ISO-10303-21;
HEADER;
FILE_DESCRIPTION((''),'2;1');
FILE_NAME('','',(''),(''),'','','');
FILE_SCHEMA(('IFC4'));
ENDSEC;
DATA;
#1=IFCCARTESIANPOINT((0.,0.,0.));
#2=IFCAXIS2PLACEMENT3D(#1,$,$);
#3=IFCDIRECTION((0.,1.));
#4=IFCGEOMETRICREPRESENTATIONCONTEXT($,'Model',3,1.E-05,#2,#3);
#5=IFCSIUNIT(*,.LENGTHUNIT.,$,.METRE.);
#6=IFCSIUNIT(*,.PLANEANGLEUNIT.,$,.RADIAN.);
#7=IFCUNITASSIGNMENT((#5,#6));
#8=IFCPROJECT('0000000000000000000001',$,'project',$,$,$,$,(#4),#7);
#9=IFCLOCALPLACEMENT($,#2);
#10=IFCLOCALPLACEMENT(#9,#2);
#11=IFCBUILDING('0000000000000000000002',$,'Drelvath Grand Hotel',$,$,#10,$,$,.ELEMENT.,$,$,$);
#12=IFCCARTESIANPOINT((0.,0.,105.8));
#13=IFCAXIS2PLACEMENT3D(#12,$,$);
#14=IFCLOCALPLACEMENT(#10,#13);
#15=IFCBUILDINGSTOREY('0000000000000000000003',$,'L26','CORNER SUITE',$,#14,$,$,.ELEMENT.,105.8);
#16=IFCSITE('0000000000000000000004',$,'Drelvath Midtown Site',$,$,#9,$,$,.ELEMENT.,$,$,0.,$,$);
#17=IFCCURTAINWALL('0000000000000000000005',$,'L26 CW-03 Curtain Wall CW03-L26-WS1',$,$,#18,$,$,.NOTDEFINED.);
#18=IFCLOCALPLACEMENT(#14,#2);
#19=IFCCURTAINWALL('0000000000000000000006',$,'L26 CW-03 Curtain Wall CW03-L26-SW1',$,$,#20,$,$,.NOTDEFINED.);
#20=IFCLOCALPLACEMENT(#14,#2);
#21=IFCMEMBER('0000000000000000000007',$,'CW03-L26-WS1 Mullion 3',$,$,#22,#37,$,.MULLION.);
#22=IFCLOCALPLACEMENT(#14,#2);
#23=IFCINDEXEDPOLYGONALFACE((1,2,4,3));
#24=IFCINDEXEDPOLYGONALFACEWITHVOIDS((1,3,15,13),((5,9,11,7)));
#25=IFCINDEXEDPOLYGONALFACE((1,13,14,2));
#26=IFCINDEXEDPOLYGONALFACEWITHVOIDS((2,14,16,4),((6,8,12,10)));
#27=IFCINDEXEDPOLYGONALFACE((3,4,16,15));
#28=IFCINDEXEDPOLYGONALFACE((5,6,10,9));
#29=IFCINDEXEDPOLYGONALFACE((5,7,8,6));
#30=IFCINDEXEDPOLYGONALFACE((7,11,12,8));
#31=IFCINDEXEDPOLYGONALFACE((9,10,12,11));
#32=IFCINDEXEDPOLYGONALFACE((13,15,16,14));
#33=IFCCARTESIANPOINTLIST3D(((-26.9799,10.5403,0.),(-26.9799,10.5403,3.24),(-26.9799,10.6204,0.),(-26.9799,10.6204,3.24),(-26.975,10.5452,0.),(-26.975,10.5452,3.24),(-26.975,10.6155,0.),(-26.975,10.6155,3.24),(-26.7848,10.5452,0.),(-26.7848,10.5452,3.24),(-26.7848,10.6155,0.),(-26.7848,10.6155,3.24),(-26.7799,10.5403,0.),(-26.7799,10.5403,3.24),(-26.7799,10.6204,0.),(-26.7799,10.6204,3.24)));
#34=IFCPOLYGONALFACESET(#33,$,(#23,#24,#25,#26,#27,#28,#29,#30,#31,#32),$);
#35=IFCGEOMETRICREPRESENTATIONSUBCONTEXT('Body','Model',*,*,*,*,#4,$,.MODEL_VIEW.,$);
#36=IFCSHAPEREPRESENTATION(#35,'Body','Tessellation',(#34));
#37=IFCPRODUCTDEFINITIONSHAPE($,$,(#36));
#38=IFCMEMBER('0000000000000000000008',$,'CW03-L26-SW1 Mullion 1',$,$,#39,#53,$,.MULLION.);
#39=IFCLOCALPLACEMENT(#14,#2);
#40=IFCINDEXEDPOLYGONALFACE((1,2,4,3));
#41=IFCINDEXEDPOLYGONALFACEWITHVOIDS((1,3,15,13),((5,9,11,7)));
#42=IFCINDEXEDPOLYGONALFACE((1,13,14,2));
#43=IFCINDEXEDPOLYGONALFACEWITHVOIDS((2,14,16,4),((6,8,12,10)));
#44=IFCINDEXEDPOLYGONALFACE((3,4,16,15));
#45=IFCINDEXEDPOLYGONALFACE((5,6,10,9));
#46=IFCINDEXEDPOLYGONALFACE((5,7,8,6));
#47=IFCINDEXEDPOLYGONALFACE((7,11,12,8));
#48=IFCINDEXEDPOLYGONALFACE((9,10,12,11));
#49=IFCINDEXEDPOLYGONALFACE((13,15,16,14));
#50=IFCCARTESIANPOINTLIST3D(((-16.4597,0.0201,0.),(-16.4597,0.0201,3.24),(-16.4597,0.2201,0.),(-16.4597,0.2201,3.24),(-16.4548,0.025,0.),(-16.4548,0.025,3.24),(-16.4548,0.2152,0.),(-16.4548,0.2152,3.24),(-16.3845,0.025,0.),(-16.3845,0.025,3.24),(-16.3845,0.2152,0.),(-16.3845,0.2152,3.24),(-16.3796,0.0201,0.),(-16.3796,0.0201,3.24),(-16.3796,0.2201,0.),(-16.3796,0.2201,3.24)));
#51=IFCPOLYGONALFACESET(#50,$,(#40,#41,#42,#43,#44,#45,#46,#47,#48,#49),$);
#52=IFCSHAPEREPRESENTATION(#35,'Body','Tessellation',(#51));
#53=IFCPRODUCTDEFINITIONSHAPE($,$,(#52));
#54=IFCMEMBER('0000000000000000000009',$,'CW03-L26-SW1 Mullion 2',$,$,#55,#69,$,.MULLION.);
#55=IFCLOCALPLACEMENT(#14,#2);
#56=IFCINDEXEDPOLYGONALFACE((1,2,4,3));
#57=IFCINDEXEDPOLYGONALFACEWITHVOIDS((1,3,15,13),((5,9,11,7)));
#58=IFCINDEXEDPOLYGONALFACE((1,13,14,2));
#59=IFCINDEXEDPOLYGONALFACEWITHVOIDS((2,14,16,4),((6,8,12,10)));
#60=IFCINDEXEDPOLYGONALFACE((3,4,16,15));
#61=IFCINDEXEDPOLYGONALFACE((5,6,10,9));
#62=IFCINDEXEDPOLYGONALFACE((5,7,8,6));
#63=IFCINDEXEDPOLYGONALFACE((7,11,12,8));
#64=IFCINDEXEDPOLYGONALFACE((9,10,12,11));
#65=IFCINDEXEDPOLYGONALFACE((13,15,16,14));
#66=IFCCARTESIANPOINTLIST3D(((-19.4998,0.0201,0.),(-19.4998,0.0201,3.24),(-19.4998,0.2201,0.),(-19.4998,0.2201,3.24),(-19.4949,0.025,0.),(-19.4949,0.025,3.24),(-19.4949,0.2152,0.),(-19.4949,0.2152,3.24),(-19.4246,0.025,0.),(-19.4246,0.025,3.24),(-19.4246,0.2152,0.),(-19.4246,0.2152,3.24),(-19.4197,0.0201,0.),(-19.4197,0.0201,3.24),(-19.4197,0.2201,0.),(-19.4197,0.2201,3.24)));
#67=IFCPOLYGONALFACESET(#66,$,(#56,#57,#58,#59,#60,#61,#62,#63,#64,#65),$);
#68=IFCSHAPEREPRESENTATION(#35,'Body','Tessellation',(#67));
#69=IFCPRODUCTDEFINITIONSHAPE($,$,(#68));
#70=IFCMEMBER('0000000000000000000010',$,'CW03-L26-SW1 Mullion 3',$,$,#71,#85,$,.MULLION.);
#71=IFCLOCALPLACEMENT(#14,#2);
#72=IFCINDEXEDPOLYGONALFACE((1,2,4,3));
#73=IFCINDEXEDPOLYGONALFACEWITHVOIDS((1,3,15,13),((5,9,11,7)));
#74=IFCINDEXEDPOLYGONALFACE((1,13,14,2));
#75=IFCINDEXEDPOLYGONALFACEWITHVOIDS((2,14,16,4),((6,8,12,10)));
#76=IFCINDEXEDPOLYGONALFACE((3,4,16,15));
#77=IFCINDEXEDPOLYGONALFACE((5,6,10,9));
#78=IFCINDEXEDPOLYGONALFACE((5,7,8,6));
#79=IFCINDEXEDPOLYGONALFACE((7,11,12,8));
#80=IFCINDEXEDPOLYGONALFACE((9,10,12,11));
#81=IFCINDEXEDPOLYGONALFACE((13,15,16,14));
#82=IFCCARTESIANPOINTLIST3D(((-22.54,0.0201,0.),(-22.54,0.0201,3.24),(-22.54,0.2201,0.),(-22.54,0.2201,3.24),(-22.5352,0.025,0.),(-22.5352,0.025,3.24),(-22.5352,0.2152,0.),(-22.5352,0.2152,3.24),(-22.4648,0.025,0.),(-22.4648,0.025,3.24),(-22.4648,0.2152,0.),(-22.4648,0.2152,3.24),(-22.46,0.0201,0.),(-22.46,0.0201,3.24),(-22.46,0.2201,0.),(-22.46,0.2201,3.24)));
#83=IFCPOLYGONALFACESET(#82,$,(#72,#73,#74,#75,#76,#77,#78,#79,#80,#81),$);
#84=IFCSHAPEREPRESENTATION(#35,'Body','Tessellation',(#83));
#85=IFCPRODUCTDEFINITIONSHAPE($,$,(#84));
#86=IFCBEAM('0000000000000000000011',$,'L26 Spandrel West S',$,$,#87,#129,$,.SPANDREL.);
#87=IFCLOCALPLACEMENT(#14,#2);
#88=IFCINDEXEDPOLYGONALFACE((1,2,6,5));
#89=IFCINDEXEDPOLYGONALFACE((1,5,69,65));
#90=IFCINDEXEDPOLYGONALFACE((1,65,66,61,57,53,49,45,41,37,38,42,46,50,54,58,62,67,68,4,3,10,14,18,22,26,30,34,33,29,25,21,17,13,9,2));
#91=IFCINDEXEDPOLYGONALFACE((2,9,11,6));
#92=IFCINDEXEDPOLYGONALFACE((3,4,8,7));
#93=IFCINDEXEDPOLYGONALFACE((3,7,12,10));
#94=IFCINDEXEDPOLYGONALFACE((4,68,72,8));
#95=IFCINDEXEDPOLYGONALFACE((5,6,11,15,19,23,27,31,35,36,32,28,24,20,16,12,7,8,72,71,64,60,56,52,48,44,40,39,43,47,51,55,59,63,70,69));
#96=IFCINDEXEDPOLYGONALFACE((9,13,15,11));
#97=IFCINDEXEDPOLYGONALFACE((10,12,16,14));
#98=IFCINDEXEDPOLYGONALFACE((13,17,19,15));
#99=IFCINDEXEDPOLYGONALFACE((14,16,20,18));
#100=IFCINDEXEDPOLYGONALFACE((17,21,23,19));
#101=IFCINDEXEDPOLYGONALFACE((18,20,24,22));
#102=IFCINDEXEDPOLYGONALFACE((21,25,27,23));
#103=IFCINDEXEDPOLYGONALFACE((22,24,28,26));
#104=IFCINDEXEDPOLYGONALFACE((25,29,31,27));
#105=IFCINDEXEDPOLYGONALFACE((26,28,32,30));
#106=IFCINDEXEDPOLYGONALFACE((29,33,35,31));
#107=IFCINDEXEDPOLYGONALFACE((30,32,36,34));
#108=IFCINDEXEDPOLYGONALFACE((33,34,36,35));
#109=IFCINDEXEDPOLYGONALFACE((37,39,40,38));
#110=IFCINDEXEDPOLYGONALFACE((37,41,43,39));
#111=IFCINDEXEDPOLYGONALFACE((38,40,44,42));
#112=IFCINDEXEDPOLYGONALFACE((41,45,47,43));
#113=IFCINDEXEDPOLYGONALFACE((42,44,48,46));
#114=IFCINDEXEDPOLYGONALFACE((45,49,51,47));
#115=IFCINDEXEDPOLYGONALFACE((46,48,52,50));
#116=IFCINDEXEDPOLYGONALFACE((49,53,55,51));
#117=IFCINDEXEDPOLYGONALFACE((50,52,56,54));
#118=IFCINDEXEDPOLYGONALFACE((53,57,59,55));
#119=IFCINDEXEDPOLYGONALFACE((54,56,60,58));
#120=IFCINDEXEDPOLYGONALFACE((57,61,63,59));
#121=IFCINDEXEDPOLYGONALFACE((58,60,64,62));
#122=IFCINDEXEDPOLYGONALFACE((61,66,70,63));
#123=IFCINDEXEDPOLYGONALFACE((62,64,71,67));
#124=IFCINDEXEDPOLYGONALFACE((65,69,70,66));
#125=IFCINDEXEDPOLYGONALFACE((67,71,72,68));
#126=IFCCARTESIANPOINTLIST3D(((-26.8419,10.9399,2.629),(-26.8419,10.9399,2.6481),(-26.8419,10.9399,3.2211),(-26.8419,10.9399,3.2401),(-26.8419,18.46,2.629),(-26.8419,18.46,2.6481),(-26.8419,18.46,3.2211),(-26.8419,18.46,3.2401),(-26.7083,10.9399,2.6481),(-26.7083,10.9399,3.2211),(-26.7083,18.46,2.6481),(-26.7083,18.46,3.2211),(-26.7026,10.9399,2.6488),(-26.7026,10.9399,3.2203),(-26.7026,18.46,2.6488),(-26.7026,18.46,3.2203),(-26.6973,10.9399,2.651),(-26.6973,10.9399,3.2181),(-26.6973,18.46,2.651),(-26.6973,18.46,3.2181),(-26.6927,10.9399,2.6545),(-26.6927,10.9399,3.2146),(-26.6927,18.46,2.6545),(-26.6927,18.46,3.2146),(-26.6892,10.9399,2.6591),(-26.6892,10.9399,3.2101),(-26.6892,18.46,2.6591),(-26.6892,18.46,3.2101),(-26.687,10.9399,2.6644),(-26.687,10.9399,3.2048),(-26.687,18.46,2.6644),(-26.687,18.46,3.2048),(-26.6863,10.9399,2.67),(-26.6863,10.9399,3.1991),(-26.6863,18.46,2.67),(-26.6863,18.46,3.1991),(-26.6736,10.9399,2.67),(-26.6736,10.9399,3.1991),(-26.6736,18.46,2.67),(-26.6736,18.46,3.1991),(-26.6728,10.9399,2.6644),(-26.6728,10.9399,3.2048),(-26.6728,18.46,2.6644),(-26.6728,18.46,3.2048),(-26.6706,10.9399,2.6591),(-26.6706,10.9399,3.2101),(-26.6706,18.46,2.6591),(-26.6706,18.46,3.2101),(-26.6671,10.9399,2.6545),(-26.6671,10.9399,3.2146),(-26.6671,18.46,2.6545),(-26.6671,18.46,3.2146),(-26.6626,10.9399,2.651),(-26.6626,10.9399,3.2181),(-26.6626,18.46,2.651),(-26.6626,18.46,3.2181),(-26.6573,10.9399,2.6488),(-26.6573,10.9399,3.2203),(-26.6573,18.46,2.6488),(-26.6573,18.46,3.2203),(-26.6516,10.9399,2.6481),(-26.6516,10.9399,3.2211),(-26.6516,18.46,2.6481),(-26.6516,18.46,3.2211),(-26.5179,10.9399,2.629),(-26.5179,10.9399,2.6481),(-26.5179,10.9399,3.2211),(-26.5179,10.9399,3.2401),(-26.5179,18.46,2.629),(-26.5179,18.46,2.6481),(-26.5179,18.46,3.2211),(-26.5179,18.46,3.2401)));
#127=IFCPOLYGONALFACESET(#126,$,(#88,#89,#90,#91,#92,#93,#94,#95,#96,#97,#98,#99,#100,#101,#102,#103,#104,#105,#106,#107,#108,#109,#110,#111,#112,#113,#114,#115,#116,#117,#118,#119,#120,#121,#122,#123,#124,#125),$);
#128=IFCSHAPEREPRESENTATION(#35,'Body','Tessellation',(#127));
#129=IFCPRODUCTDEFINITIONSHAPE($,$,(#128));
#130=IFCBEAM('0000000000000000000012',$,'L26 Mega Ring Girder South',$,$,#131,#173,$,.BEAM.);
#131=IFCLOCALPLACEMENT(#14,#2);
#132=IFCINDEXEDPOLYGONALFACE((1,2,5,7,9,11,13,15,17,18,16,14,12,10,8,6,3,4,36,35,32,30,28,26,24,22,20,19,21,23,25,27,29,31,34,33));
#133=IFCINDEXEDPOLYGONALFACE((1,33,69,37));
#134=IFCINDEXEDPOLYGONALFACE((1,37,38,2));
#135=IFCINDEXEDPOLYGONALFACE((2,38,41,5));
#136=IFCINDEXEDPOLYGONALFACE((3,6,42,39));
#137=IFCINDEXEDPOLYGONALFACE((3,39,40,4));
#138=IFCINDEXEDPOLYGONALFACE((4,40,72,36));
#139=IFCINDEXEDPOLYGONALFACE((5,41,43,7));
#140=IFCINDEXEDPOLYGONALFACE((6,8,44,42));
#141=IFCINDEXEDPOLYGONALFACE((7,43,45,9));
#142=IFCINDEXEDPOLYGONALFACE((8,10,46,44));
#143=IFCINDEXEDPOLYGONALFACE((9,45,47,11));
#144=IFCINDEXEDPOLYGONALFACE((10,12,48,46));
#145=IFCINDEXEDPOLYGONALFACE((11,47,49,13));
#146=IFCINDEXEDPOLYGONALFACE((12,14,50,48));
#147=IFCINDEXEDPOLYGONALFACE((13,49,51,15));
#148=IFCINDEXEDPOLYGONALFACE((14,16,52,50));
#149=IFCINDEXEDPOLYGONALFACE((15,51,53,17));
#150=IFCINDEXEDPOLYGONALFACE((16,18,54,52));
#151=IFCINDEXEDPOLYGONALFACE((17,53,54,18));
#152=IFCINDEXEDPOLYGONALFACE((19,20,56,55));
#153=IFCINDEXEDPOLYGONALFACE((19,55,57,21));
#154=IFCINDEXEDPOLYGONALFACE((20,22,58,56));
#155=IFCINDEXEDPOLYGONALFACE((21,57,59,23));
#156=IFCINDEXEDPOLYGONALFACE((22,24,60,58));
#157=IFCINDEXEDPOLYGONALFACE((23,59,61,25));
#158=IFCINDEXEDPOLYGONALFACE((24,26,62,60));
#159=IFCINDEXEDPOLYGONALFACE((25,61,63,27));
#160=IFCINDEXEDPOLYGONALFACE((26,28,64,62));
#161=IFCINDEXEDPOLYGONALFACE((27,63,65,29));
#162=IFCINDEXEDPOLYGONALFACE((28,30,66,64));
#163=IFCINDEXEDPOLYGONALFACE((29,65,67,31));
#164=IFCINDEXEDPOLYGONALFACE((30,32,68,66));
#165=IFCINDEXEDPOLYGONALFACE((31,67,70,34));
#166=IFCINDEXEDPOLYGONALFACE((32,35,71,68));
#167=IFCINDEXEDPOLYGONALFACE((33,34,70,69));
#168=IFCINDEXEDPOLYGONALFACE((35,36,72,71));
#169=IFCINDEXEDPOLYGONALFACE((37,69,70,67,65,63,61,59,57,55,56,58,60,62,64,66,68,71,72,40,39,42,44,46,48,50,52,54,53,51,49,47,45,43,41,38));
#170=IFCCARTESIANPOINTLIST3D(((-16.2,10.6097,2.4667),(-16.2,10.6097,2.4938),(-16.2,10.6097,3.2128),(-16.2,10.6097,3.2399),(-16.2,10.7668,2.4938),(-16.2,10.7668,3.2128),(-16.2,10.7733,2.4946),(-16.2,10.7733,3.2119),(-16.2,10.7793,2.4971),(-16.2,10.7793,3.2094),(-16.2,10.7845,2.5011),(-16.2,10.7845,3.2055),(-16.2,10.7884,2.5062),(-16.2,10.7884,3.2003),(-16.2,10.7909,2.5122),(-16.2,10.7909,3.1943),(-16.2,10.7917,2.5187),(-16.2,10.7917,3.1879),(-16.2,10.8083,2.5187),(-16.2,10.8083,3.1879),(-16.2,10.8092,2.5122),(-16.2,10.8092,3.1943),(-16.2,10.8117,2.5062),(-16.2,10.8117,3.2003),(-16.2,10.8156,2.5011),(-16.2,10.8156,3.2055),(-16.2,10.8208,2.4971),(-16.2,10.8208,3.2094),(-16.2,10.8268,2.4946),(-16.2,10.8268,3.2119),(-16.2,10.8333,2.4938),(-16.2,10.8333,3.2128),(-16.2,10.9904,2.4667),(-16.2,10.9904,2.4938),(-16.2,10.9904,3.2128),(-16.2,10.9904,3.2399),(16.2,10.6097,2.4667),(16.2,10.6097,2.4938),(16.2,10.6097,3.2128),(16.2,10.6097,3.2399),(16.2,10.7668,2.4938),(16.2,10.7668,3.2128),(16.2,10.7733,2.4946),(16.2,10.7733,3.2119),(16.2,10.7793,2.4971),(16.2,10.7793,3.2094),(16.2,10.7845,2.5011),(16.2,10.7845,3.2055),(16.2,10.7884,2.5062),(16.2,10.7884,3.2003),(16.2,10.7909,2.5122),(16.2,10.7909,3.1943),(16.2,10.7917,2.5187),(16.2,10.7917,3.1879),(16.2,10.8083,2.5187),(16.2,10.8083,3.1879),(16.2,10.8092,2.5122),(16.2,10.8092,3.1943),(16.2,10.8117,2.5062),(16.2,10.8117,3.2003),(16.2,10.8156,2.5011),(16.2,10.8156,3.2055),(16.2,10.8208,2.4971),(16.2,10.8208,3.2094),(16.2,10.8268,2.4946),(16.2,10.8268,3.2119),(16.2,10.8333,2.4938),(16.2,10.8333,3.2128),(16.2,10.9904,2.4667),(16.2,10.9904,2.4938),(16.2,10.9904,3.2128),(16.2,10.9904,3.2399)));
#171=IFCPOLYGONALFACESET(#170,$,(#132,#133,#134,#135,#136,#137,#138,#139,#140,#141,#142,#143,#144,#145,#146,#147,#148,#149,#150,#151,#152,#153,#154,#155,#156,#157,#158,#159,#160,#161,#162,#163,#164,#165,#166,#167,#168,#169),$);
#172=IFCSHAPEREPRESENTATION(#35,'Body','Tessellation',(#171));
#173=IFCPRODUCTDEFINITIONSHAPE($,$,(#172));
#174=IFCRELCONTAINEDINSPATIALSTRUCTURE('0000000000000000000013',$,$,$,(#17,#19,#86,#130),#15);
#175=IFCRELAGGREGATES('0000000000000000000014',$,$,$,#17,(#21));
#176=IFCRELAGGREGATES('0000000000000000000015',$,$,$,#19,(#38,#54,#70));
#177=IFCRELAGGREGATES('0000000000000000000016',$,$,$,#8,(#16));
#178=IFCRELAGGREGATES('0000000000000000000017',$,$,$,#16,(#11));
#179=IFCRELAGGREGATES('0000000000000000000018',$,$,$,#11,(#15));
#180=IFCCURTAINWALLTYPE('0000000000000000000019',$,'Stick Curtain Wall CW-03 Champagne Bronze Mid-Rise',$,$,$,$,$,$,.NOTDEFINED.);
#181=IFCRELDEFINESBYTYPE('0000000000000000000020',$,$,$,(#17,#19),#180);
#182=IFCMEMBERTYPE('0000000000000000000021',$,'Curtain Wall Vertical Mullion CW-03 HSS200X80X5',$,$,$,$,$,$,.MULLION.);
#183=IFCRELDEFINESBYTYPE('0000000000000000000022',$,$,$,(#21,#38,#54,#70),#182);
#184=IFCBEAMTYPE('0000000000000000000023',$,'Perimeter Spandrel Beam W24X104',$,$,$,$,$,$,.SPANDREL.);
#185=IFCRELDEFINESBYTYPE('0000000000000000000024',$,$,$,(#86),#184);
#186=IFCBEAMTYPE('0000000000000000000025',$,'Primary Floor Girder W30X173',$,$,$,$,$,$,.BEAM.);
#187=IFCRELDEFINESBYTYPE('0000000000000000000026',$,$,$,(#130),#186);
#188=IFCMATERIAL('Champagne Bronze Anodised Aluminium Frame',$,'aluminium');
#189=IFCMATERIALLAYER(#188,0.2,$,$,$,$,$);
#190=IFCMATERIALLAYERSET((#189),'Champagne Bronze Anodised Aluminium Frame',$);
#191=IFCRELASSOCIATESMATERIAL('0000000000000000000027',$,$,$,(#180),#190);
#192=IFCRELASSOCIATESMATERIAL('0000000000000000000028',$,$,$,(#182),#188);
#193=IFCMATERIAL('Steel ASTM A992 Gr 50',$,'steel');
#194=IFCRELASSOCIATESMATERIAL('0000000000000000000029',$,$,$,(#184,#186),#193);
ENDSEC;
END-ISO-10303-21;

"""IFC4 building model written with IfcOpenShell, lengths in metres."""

from ifc_helpers import new_model, si_unit, direction, frame, origin, origin_2d, place, context, subcontext, project, spatial, hollow_rectangle, i_section, extrude, material, layer, layer_set, material_profile, profile_set, type_object, element, aggregate, save


model = new_model("IFC4")

# Units and contexts
model_context = context("Model", 3, precision=1e-05, world=origin(), true_north=direction((0.0, 1.0)))
body_context = subcontext(model_context, "Body", "Model", "MODEL_VIEW")
ifc_project = project(units=[si_unit("LENGTHUNIT", "METRE"), si_unit("PLANEANGLEUNIT", "RADIAN")], contexts=[model_context])

# Site, building, storey
site_placement = place(None, origin())
site = spatial("IfcSite", under=ifc_project, at=site_placement, Name="Drelvath Midtown Site", CompositionType="ELEMENT", RefElevation=0.0)
building_placement = place(site_placement, origin())
building = spatial("IfcBuilding", under=site, at=building_placement, Name="Drelvath Grand Hotel", CompositionType="ELEMENT")
storey_placement = place(building_placement, frame((0.0, 0.0, 105.8)))
storey = spatial("IfcBuildingStorey", under=building, at=storey_placement, Name="L26", Description="CORNER SUITE", CompositionType="ELEMENT", Elevation=105.8)

# Curtain walls
ifc_material_1 = material(Name="Champagne Bronze Anodised Aluminium Frame", Category="aluminium")
ifc_layer_1 = layer(ifc_material_1, 0.2)
ifc_layer_set_1 = layer_set([ifc_layer_1], Name="Champagne Bronze Anodised Aluminium Frame")
curtain_wall_type = type_object("IfcCurtainWallType", Name="Stick Curtain Wall CW-03 Champagne Bronze Mid-Rise", PredefinedType="NOTDEFINED", material=ifc_layer_set_1)
curtain_wall_1_placement = place(storey_placement, origin())
curtain_wall_1 = element("IfcCurtainWall", 1, at=curtain_wall_1_placement, inside=storey, type_object=curtain_wall_type, Name="L26 CW-03 Curtain Wall CW03-L26-WS1", PredefinedType="NOTDEFINED")
curtain_wall_2_placement = place(storey_placement, origin())
curtain_wall_2 = element("IfcCurtainWall", 2, at=curtain_wall_2_placement, inside=storey, type_object=curtain_wall_type, Name="L26 CW-03 Curtain Wall CW03-L26-SW1", PredefinedType="NOTDEFINED")

# Members
ifc_material_profile_1 = material_profile(ifc_material_1, hollow_rectangle(XDim=0.0801, YDim=0.2, WallThickness=0.0049, at=origin_2d()), Name="HSS200X80X5")
ifc_profile_set_1 = profile_set([ifc_material_profile_1], Name="Champagne Bronze Anodised Aluminium Frame")
member_type_1 = type_object("IfcMemberType", Name="Curtain Wall Vertical Mullion CW-03 HSS200X80X5", PredefinedType="MULLION", material=ifc_profile_set_1)
member_1_placement = place(storey_placement, frame((-26.8799, 10.5803, 0.0), z_axis=(0.0, 0.0, 1.0), x_axis=(0.0, 1.0, 0.0)))
member_1 = element("IfcMember", 3, at=member_1_placement, type_object=member_type_1, Name="CW03-L26-WS1 Mullion 3", PredefinedType="MULLION", context=body_context, shape_type="SweptSolid", body=[
    extrude(hollow_rectangle(XDim=0.0801, YDim=0.2, WallThickness=0.0049, at=origin_2d()), origin(), (0.0, 0.0, 1.0), 3.24),
])
member_2_placement = place(storey_placement, frame((-16.4197, 0.1201, 0.0), z_axis=(0.0, 0.0, 1.0), x_axis=(1.0, 0.0, 0.0)))
member_2 = element("IfcMember", 4, at=member_2_placement, type_object=member_type_1, Name="CW03-L26-SW1 Mullion 1", PredefinedType="MULLION", context=body_context, shape_type="SweptSolid", body=[
    extrude(hollow_rectangle(XDim=0.0801, YDim=0.2, WallThickness=0.0049, at=origin_2d()), origin(), (0.0, 0.0, 1.0), 3.24),
])
member_3_placement = place(storey_placement, frame((-19.4597, 0.1201, 0.0), z_axis=(0.0, 0.0, 1.0), x_axis=(1.0, 0.0, 0.0)))
member_3 = element("IfcMember", 5, at=member_3_placement, type_object=member_type_1, Name="CW03-L26-SW1 Mullion 2", PredefinedType="MULLION", context=body_context, shape_type="SweptSolid", body=[
    extrude(hollow_rectangle(XDim=0.0801, YDim=0.2, WallThickness=0.0049, at=origin_2d()), origin(), (0.0, 0.0, 1.0), 3.24),
])
member_4_placement = place(storey_placement, frame((-22.5, 0.1201, 0.0), z_axis=(0.0, 0.0, 1.0), x_axis=(1.0, 0.0, 0.0)))
member_4 = element("IfcMember", 6, at=member_4_placement, type_object=member_type_1, Name="CW03-L26-SW1 Mullion 3", PredefinedType="MULLION", context=body_context, shape_type="SweptSolid", body=[
    extrude(hollow_rectangle(XDim=0.0801, YDim=0.2, WallThickness=0.0049, at=origin_2d()), origin(), (0.0, 0.0, 1.0), 3.24),
])

# Beams
ifc_material_2 = material(Name="Steel ASTM A992 Gr 50", Category="steel")
ifc_material_profile_2 = material_profile(ifc_material_2, i_section(OverallWidth=0.324, OverallDepth=0.6111, WebThickness=0.0127, FlangeThickness=0.019, FilletRadius=0.022, at=origin_2d()), Name="W24X104")
ifc_profile_set_2 = profile_set([ifc_material_profile_2], Name="Steel ASTM A992 Gr 50")
beam_type_1 = type_object("IfcBeamType", Name="Perimeter Spandrel Beam W24X104", PredefinedType="SPANDREL", material=ifc_profile_set_2)
beam_placement = place(storey_placement, frame((-26.6799, 10.9399, 2.9346), z_axis=(0.0, 1.0, 0.0), x_axis=(-1.0, 0.0, 0.0)))
element("IfcBeam", 7, at=beam_placement, inside=storey, type_object=beam_type_1, Name="L26 Spandrel West S", PredefinedType="SPANDREL", context=body_context, shape_type="SweptSolid", body=[
    extrude(i_section(OverallWidth=0.324, OverallDepth=0.6111, WebThickness=0.0127, FlangeThickness=0.019, FilletRadius=0.022, at=origin_2d()), origin(), (0.0, 0.0, 1.0), 7.52),
])
ifc_material_profile_3 = material_profile(ifc_material_2, i_section(OverallWidth=0.3806, OverallDepth=0.7732, WebThickness=0.0166, FlangeThickness=0.0271, FilletRadius=0.0249, at=origin_2d()), Name="W30X173")
ifc_profile_set_3 = profile_set([ifc_material_profile_3], Name="Steel ASTM A992 Gr 50")
beam_type_2 = type_object("IfcBeamType", Name="Primary Floor Girder W30X173", PredefinedType="BEAM", material=ifc_profile_set_3)
for number, where, z_axis, x_axis, name in (
    (8, (-16.2, 10.8, 2.8533), (1.0, 0.0, 0.0), (0.0, 1.0, 0.0), "L26 Mega Ring Girder South"),
):
    element("IfcBeam", number, at=place(storey_placement, frame(where, z_axis=z_axis, x_axis=x_axis)), inside=storey, type_object=beam_type_2, Name=name, PredefinedType="BEAM", context=body_context, shape_type="SweptSolid", body=[
        extrude(i_section(OverallWidth=0.3806, OverallDepth=0.7732, WebThickness=0.0166, FlangeThickness=0.0271, FilletRadius=0.0249, at=origin_2d()), origin(), (0.0, 0.0, 1.0), 32.3999),
    ])

aggregate(curtain_wall_1, [member_1])
aggregate(curtain_wall_2, [member_2, member_3, member_4])

save(model, "model.ifc")
